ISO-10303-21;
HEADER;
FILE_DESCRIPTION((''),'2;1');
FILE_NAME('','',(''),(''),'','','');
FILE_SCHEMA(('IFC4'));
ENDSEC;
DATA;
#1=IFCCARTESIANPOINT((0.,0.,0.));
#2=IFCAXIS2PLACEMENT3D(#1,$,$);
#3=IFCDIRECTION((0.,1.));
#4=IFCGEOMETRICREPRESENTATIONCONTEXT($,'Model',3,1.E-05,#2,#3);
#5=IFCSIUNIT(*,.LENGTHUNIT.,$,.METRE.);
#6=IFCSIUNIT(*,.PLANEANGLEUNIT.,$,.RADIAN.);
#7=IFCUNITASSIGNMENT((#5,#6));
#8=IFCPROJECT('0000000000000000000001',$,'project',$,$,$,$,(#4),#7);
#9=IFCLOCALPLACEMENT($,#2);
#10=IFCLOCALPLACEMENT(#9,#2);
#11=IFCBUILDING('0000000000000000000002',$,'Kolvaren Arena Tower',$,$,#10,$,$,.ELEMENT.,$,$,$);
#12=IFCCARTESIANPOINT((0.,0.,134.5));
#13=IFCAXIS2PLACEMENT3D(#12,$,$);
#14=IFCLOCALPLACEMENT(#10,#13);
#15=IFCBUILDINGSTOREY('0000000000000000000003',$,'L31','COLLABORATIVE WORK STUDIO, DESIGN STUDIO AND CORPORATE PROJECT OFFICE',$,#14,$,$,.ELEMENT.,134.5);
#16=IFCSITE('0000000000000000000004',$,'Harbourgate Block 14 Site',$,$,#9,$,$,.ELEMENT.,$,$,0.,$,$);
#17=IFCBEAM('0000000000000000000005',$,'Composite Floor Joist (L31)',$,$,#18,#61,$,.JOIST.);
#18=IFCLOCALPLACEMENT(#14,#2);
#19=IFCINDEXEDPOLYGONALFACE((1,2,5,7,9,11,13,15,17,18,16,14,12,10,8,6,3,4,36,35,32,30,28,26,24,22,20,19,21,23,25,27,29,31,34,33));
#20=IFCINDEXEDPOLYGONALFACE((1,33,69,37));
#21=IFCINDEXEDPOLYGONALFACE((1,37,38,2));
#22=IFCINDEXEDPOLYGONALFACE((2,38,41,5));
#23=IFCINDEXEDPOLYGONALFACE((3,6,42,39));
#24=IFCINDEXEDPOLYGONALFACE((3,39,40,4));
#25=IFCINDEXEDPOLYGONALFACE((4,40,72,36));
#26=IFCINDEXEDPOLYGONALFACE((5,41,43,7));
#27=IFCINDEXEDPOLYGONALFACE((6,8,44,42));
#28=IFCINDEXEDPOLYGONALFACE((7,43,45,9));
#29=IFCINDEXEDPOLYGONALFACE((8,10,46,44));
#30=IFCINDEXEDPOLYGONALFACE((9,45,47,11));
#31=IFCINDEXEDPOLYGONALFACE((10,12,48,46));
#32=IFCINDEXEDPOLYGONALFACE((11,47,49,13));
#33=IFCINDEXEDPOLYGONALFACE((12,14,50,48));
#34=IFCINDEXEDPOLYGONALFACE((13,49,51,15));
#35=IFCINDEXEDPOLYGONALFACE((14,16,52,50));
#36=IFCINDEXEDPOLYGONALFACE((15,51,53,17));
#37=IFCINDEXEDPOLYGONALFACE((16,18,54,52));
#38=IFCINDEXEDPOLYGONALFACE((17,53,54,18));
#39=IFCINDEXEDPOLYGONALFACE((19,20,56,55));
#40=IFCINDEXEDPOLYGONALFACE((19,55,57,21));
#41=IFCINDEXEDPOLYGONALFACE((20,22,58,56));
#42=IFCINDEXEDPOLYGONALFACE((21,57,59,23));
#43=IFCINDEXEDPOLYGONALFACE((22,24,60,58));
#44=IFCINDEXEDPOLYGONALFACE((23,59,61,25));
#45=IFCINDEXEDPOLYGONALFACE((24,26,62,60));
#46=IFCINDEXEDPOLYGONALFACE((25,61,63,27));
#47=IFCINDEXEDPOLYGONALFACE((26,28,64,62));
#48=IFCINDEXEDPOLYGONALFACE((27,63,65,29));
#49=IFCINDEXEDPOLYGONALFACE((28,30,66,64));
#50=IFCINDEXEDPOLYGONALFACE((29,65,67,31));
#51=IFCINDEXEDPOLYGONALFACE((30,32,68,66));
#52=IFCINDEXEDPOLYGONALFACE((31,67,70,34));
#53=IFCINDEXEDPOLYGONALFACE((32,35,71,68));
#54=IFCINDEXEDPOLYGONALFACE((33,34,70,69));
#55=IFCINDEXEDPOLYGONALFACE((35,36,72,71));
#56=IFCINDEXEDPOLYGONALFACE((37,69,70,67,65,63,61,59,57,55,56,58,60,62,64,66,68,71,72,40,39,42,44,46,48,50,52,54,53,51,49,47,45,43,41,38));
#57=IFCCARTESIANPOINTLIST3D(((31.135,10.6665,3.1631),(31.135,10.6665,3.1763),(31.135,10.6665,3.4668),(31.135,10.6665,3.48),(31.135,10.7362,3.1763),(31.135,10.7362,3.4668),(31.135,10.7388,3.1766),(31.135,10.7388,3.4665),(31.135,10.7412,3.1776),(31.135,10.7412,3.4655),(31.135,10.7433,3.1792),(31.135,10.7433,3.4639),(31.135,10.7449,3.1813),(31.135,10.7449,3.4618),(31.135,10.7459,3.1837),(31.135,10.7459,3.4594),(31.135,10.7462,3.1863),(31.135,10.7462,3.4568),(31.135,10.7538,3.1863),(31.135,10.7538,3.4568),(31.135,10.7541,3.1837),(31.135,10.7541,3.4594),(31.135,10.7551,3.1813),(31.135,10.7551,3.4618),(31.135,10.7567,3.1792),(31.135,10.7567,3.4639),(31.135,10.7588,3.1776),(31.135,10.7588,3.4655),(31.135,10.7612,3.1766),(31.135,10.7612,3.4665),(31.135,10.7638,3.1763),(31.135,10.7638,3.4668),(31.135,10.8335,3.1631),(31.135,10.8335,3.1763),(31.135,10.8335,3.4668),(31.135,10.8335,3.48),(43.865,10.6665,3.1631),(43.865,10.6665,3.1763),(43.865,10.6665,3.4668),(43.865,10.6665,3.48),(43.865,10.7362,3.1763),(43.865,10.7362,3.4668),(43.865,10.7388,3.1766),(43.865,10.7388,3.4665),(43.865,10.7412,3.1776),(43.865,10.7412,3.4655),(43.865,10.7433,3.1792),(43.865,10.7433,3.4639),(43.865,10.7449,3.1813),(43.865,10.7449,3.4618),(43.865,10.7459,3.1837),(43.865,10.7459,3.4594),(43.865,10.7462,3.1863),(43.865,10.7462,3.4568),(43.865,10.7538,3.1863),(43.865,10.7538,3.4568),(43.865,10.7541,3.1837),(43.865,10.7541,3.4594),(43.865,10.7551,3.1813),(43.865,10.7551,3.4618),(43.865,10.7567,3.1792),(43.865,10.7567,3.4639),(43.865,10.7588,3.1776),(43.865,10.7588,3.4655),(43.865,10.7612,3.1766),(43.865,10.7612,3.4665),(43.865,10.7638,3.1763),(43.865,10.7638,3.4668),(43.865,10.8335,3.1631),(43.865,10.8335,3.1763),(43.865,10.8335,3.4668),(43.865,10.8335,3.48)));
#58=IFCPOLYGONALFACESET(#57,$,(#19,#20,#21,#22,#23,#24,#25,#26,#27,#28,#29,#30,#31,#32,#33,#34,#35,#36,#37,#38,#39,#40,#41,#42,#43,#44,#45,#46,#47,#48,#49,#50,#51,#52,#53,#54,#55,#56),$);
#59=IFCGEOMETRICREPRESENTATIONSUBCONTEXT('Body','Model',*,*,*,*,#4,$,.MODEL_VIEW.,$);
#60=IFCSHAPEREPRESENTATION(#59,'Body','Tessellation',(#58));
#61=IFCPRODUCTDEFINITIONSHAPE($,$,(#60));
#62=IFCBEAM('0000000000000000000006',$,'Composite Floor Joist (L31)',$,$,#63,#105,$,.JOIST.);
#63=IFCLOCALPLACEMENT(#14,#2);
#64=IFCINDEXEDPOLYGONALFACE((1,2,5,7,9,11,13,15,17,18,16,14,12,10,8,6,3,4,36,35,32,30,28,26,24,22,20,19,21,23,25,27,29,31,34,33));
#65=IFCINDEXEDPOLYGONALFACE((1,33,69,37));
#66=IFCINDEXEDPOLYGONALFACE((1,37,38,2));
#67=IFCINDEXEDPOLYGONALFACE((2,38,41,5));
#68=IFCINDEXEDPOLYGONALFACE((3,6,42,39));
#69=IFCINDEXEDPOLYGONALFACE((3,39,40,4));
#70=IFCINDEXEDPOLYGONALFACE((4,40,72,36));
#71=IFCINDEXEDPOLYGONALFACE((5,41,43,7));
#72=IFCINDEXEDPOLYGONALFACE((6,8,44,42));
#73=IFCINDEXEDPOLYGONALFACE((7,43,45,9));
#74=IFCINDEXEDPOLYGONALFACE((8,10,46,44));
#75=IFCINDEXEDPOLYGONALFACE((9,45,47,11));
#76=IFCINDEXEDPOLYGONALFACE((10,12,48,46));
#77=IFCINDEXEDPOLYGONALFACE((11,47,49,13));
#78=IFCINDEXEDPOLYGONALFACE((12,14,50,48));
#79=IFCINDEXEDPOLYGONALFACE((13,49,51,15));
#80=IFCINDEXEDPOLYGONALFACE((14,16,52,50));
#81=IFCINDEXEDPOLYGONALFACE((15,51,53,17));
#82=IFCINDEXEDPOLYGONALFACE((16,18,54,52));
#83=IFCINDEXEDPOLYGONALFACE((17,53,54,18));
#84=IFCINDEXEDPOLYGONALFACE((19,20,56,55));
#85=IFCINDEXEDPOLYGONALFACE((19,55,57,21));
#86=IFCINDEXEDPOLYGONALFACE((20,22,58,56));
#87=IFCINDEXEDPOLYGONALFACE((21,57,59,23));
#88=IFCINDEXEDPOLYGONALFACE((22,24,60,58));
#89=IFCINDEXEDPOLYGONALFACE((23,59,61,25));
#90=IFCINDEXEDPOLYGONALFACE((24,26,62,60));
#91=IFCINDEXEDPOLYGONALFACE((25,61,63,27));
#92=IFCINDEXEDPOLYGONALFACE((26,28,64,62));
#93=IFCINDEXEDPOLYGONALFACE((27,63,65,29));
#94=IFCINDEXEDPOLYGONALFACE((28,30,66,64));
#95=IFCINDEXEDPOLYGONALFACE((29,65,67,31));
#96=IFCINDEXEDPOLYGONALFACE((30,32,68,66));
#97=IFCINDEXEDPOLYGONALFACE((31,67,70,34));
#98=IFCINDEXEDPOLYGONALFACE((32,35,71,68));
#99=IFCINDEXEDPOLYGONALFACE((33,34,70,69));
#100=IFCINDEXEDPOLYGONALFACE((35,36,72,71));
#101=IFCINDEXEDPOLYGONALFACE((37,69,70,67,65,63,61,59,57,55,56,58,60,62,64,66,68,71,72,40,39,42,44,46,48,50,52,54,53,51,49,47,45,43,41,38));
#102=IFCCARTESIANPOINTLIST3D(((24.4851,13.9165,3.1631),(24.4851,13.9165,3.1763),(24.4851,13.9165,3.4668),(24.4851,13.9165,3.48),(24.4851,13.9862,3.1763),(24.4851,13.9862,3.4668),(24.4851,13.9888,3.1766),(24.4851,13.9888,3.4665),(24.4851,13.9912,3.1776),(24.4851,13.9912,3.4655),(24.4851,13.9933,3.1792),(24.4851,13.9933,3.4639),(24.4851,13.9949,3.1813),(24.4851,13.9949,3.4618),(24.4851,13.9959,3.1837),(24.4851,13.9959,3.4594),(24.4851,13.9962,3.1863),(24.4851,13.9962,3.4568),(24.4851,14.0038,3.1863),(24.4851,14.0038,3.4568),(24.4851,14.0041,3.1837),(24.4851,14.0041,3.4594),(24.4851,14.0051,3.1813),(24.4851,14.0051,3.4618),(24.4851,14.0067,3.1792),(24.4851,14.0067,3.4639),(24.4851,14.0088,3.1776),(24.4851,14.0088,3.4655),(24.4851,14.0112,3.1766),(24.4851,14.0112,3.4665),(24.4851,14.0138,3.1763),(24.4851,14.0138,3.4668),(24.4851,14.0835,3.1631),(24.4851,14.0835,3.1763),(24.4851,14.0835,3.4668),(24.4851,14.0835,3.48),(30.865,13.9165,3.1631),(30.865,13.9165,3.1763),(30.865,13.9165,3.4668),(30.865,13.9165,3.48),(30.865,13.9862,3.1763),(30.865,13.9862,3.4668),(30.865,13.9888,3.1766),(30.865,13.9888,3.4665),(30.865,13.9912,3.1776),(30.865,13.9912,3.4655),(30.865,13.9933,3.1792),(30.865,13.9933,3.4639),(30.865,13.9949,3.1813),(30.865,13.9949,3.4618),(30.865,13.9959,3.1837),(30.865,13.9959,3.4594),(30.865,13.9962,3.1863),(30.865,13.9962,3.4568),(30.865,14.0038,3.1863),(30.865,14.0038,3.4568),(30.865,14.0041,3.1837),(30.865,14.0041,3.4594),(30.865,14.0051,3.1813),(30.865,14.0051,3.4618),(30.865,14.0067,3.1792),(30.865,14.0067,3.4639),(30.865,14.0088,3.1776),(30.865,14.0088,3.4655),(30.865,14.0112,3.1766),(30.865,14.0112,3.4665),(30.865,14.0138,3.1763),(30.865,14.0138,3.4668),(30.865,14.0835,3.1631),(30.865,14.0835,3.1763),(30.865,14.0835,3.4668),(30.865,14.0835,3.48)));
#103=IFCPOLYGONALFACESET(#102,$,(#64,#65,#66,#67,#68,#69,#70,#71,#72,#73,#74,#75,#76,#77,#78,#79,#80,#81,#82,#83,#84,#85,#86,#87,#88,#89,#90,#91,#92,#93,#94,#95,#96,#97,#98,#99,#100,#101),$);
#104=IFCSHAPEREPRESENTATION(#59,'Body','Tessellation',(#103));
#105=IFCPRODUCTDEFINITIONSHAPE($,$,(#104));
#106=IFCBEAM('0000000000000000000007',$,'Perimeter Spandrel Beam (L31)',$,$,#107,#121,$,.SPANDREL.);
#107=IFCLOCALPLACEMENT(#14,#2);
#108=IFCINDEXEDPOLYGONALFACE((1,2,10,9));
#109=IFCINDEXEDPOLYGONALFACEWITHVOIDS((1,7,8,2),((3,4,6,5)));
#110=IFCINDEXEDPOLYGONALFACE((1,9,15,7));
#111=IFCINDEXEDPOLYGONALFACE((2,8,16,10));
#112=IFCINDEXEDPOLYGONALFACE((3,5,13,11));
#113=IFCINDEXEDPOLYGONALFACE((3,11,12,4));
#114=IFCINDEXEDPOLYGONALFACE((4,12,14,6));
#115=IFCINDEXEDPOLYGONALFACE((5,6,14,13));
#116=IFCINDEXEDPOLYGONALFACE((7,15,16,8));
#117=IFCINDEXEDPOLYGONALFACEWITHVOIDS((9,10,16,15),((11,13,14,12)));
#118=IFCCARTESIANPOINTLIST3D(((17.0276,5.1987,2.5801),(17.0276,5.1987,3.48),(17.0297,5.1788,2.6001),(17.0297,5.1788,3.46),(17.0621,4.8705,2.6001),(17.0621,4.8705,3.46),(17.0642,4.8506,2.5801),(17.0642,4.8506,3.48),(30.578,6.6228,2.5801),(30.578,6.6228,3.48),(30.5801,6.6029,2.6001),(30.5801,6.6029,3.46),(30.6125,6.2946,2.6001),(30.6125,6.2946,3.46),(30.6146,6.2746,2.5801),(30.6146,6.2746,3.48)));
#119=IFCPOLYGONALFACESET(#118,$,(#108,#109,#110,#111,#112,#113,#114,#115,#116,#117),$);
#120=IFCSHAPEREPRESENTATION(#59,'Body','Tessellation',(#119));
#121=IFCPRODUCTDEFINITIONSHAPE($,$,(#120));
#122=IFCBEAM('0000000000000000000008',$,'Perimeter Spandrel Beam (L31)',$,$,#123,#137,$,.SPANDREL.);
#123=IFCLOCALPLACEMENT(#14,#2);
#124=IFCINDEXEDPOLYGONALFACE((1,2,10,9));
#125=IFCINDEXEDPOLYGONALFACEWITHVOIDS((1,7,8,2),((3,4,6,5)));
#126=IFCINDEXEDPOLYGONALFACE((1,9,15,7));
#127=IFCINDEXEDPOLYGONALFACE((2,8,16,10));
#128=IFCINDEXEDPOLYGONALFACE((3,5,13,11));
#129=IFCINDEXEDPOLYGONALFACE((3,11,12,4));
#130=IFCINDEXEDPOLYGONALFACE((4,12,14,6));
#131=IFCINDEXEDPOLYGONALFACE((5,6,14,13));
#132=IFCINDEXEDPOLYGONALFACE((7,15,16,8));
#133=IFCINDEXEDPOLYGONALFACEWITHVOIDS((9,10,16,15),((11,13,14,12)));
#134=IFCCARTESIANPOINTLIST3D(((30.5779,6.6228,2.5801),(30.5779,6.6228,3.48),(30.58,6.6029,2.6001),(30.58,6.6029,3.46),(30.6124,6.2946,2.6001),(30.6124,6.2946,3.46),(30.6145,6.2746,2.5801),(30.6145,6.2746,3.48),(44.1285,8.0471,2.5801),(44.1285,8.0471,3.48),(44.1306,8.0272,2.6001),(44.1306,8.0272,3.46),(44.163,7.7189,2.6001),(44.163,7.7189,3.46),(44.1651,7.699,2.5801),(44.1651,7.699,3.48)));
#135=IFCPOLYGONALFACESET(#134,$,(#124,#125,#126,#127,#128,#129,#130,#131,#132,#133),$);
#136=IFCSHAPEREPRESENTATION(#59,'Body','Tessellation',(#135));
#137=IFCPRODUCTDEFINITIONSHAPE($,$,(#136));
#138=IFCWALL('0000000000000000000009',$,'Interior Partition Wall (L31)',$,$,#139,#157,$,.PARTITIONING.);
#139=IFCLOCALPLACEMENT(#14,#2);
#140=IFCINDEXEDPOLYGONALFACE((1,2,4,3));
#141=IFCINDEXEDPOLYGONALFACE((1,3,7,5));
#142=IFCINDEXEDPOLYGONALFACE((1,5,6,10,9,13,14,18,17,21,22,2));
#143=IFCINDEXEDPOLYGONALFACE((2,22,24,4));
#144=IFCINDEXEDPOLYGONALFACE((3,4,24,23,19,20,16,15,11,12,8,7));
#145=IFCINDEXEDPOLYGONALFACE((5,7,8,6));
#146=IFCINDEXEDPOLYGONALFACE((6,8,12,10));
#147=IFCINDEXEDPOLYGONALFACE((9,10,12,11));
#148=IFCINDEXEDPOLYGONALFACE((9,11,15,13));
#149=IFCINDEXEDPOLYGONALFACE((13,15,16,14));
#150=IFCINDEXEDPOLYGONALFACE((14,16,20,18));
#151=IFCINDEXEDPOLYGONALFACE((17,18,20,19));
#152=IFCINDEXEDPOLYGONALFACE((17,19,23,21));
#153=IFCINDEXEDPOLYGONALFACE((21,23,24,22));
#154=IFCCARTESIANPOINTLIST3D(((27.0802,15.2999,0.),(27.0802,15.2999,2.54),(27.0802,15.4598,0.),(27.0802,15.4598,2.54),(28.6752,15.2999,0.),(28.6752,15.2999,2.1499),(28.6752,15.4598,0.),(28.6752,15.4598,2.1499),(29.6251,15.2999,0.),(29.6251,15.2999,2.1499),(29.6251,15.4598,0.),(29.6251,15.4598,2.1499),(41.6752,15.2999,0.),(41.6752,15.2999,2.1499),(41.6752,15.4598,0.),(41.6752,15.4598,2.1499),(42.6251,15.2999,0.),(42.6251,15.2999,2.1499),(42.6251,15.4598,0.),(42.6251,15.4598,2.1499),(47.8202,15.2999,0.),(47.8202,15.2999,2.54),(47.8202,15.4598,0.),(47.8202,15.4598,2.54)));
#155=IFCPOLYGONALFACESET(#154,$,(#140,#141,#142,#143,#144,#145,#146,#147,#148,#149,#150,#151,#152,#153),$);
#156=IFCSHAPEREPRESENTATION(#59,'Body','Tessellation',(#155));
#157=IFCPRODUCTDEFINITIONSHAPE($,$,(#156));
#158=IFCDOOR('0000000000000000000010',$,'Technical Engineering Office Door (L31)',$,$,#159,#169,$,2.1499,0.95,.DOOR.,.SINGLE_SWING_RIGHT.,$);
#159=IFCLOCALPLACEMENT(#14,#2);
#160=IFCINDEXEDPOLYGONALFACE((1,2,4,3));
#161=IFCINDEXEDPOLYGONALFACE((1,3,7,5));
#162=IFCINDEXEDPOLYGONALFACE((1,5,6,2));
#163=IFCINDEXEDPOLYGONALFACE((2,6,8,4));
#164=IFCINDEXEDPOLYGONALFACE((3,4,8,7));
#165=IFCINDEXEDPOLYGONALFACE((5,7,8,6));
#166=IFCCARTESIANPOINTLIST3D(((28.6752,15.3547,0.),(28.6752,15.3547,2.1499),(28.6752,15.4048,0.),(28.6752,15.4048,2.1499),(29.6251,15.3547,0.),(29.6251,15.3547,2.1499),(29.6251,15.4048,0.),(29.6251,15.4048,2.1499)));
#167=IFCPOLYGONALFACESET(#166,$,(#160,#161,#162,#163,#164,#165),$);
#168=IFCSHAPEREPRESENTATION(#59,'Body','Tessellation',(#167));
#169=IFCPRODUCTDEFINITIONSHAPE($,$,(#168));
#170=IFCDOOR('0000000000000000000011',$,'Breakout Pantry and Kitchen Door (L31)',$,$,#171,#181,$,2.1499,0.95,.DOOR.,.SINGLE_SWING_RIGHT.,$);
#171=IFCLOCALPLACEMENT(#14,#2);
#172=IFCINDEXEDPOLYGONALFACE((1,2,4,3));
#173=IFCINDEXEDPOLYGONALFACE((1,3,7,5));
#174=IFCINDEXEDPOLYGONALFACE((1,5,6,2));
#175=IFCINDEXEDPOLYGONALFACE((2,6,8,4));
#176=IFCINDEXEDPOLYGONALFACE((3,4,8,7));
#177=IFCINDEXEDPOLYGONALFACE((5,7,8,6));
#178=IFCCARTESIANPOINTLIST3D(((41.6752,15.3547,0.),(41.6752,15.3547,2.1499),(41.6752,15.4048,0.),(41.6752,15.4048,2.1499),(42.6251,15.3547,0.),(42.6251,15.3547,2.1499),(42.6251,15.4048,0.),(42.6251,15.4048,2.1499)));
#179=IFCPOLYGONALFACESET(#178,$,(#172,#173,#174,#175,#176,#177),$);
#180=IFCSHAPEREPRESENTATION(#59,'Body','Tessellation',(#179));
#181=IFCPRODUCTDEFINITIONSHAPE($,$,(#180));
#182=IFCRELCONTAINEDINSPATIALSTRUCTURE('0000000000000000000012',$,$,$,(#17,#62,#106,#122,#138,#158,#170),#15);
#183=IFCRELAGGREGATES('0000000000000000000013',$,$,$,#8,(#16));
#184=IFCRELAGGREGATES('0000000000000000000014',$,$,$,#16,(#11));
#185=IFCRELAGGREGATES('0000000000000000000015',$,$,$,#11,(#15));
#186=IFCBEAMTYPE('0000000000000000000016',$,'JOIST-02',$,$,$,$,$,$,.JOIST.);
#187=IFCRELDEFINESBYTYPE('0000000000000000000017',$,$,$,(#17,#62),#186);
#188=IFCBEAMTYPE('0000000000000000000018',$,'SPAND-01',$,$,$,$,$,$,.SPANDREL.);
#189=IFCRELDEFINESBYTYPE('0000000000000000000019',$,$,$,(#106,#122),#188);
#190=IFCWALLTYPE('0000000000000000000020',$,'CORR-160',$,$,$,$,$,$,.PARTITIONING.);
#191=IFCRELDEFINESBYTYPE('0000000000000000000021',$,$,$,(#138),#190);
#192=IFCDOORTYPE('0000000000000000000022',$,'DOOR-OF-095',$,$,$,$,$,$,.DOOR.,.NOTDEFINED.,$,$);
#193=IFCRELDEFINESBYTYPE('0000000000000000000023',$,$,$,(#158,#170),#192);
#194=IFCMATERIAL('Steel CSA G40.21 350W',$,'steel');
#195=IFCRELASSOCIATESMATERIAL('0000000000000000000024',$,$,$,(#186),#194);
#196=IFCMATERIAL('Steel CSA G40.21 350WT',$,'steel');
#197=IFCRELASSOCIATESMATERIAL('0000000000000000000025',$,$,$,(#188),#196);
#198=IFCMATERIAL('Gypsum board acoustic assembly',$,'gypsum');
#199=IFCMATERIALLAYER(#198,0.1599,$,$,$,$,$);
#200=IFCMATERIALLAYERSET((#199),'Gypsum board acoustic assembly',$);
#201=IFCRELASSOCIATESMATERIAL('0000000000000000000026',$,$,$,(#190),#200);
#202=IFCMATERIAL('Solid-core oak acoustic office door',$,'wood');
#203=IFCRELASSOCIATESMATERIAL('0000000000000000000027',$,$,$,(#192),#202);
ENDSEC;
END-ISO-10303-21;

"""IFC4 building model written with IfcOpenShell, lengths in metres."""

from ifc_helpers import new_model, si_unit, direction, frame, frame_2d, origin, origin_2d, place, context, subcontext, project, spatial, rectangle, hollow_rectangle, i_section, extrude, material, layer, layer_set, material_profile, profile_set, type_object, element, fill, save


model = new_model("IFC4")

# Units and contexts
model_context = context("Model", 3, precision=1e-05, world=origin(), true_north=direction((0.0, 1.0)))
body_context = subcontext(model_context, "Body", "Model", "MODEL_VIEW")
ifc_project = project(units=[si_unit("LENGTHUNIT", "METRE"), si_unit("PLANEANGLEUNIT", "RADIAN")], contexts=[model_context])

# Site, building, storey
site_placement = place(None, origin())
site = spatial("IfcSite", under=ifc_project, at=site_placement, Name="Harbourgate Block 14 Site", CompositionType="ELEMENT", RefElevation=0.0)
building_placement = place(site_placement, origin())
building = spatial("IfcBuilding", under=site, at=building_placement, Name="Kolvaren Arena Tower", CompositionType="ELEMENT")
storey_placement = place(building_placement, frame((0.0, 0.0, 134.5)))
storey = spatial("IfcBuildingStorey", under=building, at=storey_placement, Name="L31", Description="COLLABORATIVE WORK STUDIO, DESIGN STUDIO AND CORPORATE PROJECT OFFICE", CompositionType="ELEMENT", Elevation=134.5)

# Beams
ifc_material_1 = material(Name="Steel CSA G40.21 350W", Category="steel")
ifc_material_profile_1 = material_profile(ifc_material_1, i_section(OverallWidth=0.167, OverallDepth=0.3169, WebThickness=0.0076, FlangeThickness=0.0132, FilletRadius=0.01, at=origin_2d()), Name="W310x52")
ifc_profile_set_1 = profile_set([ifc_material_profile_1], Name="Steel CSA G40.21 350W")
beam_type_1 = type_object("IfcBeamType", Name="JOIST-02", PredefinedType="JOIST", material=ifc_profile_set_1)
beam_1_placement = place(storey_placement, frame((31.135, 10.75, 3.3215), z_axis=(1.0, 0.0, 0.0), x_axis=(0.0, 1.0, 0.0)))
element("IfcBeam", 1, at=beam_1_placement, inside=storey, type_object=beam_type_1, Name="Composite Floor Joist (L31)", PredefinedType="JOIST", context=body_context, shape_type="SweptSolid", body=[
    extrude(i_section(OverallWidth=0.167, OverallDepth=0.3169, WebThickness=0.0076, FlangeThickness=0.0132, FilletRadius=0.01, at=origin_2d()), origin(), (0.0, 0.0, 1.0), 12.73),
])
beam_2_placement = place(storey_placement, frame((24.4851, 14.0, 3.3215), z_axis=(1.0, 0.0, 0.0), x_axis=(0.0, 1.0, 0.0)))
element("IfcBeam", 2, at=beam_2_placement, inside=storey, type_object=beam_type_1, Name="Composite Floor Joist (L31)", PredefinedType="JOIST", context=body_context, shape_type="SweptSolid", body=[
    extrude(i_section(OverallWidth=0.167, OverallDepth=0.3169, WebThickness=0.0076, FlangeThickness=0.0132, FilletRadius=0.01, at=origin_2d()), origin(), (0.0, 0.0, 1.0), 6.3799),
])
ifc_material_2 = material(Name="Steel CSA G40.21 350WT", Category="steel")
ifc_material_profile_2 = material_profile(ifc_material_2, hollow_rectangle(XDim=0.3501, YDim=0.8999, WallThickness=0.02, at=origin_2d()), Name="HSS 900x350x20")
ifc_profile_set_2 = profile_set([ifc_material_profile_2], Name="Steel CSA G40.21 350WT")
beam_type_2 = type_object("IfcBeamType", Name="SPAND-01", PredefinedType="SPANDREL", material=ifc_profile_set_2)
beam_3_placement = place(storey_placement, frame((17.0459, 5.0247, 3.03), z_axis=(0.994523, 0.10452, 0.0), x_axis=(-0.10452, 0.994523, 0.0)))
element("IfcBeam", 3, at=beam_3_placement, inside=storey, type_object=beam_type_2, Name="Perimeter Spandrel Beam (L31)", PredefinedType="SPANDREL", context=body_context, shape_type="SweptSolid", body=[
    extrude(hollow_rectangle(XDim=0.3501, YDim=0.8999, WallThickness=0.02, at=origin_2d()), origin(), (0.0, 0.0, 1.0), 13.625),
])
beam_4_placement = place(storey_placement, frame((30.5962, 6.4487, 3.03), z_axis=(0.994521, 0.104536, 0.0), x_axis=(-0.104536, 0.994521, 0.0)))
element("IfcBeam", 4, at=beam_4_placement, inside=storey, type_object=beam_type_2, Name="Perimeter Spandrel Beam (L31)", PredefinedType="SPANDREL", context=body_context, shape_type="SweptSolid", body=[
    extrude(hollow_rectangle(XDim=0.3501, YDim=0.8999, WallThickness=0.02, at=origin_2d()), origin(), (0.0, 0.0, 1.0), 13.6252),
])

# Wall, openings, doors
ifc_material_3 = material(Name="Gypsum board acoustic assembly", Category="gypsum")
ifc_layer_1 = layer(ifc_material_3, 0.1599)
ifc_layer_set_1 = layer_set([ifc_layer_1], Name="Gypsum board acoustic assembly")
wall_type_1 = type_object("IfcWallType", Name="CORR-160", PredefinedType="PARTITIONING", material=ifc_layer_set_1)
wall_1_placement = place(storey_placement, frame((27.0801, 15.3799, 0.0), z_axis=(0.0, 0.0, 1.0), x_axis=(1.0, 0.0, 0.0)))
wall_1 = element("IfcWall", 5, at=wall_1_placement, inside=storey, type_object=wall_type_1, Name="Interior Partition Wall (L31)", PredefinedType="PARTITIONING", context=body_context, shape_type="SweptSolid", body=[
    extrude(rectangle(XDim=20.74, YDim=0.1599, at=frame_2d((10.3701, 0.0))), origin(), (0.0, 0.0, 1.0), 2.54),
])
opening_1_placement = place(wall_1_placement, frame((1.595, 0.0, 0.0)))
opening_1 = element("IfcOpeningElement", 6, at=opening_1_placement, cuts=wall_1, PredefinedType="OPENING", context=body_context, shape_type="SweptSolid", body=[
    extrude(rectangle(XDim=0.95, YDim=2.1499, at=frame_2d((0.4751, 1.075))), frame((0.0, 0.0898, 0.0), z_axis=(0.0, -1.0, 0.0), x_axis=(1.0, 0.0, 0.0)), (0.0, 0.0, 1.0), 0.1799),
])
opening_2_placement = place(wall_1_placement, frame((14.595, 0.0, 0.0)))
opening_2 = element("IfcOpeningElement", 7, at=opening_2_placement, cuts=wall_1, PredefinedType="OPENING", context=body_context, shape_type="SweptSolid", body=[
    extrude(rectangle(XDim=0.95, YDim=2.1499, at=frame_2d((0.4751, 1.075))), frame((0.0, 0.0898, 0.0), z_axis=(0.0, -1.0, 0.0), x_axis=(1.0, 0.0, 0.0)), (0.0, 0.0, 1.0), 0.1799),
])
ifc_material_4 = material(Name="Solid-core oak acoustic office door", Category="wood")
door_type = type_object("IfcDoorType", Name="DOOR-OF-095", OperationType="NOTDEFINED", PredefinedType="DOOR", material=ifc_material_4)
door_1_placement = place(opening_1_placement, origin())
door_1 = element("IfcDoor", 8, at=door_1_placement, inside=storey, type_object=door_type, Name="Technical Engineering Office Door (L31)", OperationType="SINGLE_SWING_RIGHT", OverallHeight=2.1499, OverallWidth=0.95, PredefinedType="DOOR", context=body_context, shape_type="SweptSolid", body=[
    extrude(rectangle(XDim=0.95, YDim=2.1499, at=frame_2d((0.4751, 1.075))), frame((0.0, 0.0249, 0.0), z_axis=(0.0, -1.0, 0.0), x_axis=(1.0, 0.0, 0.0)), (0.0, 0.0, 1.0), 0.05),
])
fill(opening_1, door_1)
door_2_placement = place(opening_2_placement, origin())
door_2 = element("IfcDoor", 9, at=door_2_placement, inside=storey, type_object=door_type, Name="Breakout Pantry and Kitchen Door (L31)", OperationType="SINGLE_SWING_RIGHT", OverallHeight=2.1499, OverallWidth=0.95, PredefinedType="DOOR", context=body_context, shape_type="SweptSolid", body=[
    extrude(rectangle(XDim=0.95, YDim=2.1499, at=frame_2d((0.4751, 1.075))), frame((0.0, 0.0249, 0.0), z_axis=(0.0, -1.0, 0.0), x_axis=(1.0, 0.0, 0.0)), (0.0, 0.0, 1.0), 0.05),
])
fill(opening_2, door_2)

save(model, "model.ifc")
